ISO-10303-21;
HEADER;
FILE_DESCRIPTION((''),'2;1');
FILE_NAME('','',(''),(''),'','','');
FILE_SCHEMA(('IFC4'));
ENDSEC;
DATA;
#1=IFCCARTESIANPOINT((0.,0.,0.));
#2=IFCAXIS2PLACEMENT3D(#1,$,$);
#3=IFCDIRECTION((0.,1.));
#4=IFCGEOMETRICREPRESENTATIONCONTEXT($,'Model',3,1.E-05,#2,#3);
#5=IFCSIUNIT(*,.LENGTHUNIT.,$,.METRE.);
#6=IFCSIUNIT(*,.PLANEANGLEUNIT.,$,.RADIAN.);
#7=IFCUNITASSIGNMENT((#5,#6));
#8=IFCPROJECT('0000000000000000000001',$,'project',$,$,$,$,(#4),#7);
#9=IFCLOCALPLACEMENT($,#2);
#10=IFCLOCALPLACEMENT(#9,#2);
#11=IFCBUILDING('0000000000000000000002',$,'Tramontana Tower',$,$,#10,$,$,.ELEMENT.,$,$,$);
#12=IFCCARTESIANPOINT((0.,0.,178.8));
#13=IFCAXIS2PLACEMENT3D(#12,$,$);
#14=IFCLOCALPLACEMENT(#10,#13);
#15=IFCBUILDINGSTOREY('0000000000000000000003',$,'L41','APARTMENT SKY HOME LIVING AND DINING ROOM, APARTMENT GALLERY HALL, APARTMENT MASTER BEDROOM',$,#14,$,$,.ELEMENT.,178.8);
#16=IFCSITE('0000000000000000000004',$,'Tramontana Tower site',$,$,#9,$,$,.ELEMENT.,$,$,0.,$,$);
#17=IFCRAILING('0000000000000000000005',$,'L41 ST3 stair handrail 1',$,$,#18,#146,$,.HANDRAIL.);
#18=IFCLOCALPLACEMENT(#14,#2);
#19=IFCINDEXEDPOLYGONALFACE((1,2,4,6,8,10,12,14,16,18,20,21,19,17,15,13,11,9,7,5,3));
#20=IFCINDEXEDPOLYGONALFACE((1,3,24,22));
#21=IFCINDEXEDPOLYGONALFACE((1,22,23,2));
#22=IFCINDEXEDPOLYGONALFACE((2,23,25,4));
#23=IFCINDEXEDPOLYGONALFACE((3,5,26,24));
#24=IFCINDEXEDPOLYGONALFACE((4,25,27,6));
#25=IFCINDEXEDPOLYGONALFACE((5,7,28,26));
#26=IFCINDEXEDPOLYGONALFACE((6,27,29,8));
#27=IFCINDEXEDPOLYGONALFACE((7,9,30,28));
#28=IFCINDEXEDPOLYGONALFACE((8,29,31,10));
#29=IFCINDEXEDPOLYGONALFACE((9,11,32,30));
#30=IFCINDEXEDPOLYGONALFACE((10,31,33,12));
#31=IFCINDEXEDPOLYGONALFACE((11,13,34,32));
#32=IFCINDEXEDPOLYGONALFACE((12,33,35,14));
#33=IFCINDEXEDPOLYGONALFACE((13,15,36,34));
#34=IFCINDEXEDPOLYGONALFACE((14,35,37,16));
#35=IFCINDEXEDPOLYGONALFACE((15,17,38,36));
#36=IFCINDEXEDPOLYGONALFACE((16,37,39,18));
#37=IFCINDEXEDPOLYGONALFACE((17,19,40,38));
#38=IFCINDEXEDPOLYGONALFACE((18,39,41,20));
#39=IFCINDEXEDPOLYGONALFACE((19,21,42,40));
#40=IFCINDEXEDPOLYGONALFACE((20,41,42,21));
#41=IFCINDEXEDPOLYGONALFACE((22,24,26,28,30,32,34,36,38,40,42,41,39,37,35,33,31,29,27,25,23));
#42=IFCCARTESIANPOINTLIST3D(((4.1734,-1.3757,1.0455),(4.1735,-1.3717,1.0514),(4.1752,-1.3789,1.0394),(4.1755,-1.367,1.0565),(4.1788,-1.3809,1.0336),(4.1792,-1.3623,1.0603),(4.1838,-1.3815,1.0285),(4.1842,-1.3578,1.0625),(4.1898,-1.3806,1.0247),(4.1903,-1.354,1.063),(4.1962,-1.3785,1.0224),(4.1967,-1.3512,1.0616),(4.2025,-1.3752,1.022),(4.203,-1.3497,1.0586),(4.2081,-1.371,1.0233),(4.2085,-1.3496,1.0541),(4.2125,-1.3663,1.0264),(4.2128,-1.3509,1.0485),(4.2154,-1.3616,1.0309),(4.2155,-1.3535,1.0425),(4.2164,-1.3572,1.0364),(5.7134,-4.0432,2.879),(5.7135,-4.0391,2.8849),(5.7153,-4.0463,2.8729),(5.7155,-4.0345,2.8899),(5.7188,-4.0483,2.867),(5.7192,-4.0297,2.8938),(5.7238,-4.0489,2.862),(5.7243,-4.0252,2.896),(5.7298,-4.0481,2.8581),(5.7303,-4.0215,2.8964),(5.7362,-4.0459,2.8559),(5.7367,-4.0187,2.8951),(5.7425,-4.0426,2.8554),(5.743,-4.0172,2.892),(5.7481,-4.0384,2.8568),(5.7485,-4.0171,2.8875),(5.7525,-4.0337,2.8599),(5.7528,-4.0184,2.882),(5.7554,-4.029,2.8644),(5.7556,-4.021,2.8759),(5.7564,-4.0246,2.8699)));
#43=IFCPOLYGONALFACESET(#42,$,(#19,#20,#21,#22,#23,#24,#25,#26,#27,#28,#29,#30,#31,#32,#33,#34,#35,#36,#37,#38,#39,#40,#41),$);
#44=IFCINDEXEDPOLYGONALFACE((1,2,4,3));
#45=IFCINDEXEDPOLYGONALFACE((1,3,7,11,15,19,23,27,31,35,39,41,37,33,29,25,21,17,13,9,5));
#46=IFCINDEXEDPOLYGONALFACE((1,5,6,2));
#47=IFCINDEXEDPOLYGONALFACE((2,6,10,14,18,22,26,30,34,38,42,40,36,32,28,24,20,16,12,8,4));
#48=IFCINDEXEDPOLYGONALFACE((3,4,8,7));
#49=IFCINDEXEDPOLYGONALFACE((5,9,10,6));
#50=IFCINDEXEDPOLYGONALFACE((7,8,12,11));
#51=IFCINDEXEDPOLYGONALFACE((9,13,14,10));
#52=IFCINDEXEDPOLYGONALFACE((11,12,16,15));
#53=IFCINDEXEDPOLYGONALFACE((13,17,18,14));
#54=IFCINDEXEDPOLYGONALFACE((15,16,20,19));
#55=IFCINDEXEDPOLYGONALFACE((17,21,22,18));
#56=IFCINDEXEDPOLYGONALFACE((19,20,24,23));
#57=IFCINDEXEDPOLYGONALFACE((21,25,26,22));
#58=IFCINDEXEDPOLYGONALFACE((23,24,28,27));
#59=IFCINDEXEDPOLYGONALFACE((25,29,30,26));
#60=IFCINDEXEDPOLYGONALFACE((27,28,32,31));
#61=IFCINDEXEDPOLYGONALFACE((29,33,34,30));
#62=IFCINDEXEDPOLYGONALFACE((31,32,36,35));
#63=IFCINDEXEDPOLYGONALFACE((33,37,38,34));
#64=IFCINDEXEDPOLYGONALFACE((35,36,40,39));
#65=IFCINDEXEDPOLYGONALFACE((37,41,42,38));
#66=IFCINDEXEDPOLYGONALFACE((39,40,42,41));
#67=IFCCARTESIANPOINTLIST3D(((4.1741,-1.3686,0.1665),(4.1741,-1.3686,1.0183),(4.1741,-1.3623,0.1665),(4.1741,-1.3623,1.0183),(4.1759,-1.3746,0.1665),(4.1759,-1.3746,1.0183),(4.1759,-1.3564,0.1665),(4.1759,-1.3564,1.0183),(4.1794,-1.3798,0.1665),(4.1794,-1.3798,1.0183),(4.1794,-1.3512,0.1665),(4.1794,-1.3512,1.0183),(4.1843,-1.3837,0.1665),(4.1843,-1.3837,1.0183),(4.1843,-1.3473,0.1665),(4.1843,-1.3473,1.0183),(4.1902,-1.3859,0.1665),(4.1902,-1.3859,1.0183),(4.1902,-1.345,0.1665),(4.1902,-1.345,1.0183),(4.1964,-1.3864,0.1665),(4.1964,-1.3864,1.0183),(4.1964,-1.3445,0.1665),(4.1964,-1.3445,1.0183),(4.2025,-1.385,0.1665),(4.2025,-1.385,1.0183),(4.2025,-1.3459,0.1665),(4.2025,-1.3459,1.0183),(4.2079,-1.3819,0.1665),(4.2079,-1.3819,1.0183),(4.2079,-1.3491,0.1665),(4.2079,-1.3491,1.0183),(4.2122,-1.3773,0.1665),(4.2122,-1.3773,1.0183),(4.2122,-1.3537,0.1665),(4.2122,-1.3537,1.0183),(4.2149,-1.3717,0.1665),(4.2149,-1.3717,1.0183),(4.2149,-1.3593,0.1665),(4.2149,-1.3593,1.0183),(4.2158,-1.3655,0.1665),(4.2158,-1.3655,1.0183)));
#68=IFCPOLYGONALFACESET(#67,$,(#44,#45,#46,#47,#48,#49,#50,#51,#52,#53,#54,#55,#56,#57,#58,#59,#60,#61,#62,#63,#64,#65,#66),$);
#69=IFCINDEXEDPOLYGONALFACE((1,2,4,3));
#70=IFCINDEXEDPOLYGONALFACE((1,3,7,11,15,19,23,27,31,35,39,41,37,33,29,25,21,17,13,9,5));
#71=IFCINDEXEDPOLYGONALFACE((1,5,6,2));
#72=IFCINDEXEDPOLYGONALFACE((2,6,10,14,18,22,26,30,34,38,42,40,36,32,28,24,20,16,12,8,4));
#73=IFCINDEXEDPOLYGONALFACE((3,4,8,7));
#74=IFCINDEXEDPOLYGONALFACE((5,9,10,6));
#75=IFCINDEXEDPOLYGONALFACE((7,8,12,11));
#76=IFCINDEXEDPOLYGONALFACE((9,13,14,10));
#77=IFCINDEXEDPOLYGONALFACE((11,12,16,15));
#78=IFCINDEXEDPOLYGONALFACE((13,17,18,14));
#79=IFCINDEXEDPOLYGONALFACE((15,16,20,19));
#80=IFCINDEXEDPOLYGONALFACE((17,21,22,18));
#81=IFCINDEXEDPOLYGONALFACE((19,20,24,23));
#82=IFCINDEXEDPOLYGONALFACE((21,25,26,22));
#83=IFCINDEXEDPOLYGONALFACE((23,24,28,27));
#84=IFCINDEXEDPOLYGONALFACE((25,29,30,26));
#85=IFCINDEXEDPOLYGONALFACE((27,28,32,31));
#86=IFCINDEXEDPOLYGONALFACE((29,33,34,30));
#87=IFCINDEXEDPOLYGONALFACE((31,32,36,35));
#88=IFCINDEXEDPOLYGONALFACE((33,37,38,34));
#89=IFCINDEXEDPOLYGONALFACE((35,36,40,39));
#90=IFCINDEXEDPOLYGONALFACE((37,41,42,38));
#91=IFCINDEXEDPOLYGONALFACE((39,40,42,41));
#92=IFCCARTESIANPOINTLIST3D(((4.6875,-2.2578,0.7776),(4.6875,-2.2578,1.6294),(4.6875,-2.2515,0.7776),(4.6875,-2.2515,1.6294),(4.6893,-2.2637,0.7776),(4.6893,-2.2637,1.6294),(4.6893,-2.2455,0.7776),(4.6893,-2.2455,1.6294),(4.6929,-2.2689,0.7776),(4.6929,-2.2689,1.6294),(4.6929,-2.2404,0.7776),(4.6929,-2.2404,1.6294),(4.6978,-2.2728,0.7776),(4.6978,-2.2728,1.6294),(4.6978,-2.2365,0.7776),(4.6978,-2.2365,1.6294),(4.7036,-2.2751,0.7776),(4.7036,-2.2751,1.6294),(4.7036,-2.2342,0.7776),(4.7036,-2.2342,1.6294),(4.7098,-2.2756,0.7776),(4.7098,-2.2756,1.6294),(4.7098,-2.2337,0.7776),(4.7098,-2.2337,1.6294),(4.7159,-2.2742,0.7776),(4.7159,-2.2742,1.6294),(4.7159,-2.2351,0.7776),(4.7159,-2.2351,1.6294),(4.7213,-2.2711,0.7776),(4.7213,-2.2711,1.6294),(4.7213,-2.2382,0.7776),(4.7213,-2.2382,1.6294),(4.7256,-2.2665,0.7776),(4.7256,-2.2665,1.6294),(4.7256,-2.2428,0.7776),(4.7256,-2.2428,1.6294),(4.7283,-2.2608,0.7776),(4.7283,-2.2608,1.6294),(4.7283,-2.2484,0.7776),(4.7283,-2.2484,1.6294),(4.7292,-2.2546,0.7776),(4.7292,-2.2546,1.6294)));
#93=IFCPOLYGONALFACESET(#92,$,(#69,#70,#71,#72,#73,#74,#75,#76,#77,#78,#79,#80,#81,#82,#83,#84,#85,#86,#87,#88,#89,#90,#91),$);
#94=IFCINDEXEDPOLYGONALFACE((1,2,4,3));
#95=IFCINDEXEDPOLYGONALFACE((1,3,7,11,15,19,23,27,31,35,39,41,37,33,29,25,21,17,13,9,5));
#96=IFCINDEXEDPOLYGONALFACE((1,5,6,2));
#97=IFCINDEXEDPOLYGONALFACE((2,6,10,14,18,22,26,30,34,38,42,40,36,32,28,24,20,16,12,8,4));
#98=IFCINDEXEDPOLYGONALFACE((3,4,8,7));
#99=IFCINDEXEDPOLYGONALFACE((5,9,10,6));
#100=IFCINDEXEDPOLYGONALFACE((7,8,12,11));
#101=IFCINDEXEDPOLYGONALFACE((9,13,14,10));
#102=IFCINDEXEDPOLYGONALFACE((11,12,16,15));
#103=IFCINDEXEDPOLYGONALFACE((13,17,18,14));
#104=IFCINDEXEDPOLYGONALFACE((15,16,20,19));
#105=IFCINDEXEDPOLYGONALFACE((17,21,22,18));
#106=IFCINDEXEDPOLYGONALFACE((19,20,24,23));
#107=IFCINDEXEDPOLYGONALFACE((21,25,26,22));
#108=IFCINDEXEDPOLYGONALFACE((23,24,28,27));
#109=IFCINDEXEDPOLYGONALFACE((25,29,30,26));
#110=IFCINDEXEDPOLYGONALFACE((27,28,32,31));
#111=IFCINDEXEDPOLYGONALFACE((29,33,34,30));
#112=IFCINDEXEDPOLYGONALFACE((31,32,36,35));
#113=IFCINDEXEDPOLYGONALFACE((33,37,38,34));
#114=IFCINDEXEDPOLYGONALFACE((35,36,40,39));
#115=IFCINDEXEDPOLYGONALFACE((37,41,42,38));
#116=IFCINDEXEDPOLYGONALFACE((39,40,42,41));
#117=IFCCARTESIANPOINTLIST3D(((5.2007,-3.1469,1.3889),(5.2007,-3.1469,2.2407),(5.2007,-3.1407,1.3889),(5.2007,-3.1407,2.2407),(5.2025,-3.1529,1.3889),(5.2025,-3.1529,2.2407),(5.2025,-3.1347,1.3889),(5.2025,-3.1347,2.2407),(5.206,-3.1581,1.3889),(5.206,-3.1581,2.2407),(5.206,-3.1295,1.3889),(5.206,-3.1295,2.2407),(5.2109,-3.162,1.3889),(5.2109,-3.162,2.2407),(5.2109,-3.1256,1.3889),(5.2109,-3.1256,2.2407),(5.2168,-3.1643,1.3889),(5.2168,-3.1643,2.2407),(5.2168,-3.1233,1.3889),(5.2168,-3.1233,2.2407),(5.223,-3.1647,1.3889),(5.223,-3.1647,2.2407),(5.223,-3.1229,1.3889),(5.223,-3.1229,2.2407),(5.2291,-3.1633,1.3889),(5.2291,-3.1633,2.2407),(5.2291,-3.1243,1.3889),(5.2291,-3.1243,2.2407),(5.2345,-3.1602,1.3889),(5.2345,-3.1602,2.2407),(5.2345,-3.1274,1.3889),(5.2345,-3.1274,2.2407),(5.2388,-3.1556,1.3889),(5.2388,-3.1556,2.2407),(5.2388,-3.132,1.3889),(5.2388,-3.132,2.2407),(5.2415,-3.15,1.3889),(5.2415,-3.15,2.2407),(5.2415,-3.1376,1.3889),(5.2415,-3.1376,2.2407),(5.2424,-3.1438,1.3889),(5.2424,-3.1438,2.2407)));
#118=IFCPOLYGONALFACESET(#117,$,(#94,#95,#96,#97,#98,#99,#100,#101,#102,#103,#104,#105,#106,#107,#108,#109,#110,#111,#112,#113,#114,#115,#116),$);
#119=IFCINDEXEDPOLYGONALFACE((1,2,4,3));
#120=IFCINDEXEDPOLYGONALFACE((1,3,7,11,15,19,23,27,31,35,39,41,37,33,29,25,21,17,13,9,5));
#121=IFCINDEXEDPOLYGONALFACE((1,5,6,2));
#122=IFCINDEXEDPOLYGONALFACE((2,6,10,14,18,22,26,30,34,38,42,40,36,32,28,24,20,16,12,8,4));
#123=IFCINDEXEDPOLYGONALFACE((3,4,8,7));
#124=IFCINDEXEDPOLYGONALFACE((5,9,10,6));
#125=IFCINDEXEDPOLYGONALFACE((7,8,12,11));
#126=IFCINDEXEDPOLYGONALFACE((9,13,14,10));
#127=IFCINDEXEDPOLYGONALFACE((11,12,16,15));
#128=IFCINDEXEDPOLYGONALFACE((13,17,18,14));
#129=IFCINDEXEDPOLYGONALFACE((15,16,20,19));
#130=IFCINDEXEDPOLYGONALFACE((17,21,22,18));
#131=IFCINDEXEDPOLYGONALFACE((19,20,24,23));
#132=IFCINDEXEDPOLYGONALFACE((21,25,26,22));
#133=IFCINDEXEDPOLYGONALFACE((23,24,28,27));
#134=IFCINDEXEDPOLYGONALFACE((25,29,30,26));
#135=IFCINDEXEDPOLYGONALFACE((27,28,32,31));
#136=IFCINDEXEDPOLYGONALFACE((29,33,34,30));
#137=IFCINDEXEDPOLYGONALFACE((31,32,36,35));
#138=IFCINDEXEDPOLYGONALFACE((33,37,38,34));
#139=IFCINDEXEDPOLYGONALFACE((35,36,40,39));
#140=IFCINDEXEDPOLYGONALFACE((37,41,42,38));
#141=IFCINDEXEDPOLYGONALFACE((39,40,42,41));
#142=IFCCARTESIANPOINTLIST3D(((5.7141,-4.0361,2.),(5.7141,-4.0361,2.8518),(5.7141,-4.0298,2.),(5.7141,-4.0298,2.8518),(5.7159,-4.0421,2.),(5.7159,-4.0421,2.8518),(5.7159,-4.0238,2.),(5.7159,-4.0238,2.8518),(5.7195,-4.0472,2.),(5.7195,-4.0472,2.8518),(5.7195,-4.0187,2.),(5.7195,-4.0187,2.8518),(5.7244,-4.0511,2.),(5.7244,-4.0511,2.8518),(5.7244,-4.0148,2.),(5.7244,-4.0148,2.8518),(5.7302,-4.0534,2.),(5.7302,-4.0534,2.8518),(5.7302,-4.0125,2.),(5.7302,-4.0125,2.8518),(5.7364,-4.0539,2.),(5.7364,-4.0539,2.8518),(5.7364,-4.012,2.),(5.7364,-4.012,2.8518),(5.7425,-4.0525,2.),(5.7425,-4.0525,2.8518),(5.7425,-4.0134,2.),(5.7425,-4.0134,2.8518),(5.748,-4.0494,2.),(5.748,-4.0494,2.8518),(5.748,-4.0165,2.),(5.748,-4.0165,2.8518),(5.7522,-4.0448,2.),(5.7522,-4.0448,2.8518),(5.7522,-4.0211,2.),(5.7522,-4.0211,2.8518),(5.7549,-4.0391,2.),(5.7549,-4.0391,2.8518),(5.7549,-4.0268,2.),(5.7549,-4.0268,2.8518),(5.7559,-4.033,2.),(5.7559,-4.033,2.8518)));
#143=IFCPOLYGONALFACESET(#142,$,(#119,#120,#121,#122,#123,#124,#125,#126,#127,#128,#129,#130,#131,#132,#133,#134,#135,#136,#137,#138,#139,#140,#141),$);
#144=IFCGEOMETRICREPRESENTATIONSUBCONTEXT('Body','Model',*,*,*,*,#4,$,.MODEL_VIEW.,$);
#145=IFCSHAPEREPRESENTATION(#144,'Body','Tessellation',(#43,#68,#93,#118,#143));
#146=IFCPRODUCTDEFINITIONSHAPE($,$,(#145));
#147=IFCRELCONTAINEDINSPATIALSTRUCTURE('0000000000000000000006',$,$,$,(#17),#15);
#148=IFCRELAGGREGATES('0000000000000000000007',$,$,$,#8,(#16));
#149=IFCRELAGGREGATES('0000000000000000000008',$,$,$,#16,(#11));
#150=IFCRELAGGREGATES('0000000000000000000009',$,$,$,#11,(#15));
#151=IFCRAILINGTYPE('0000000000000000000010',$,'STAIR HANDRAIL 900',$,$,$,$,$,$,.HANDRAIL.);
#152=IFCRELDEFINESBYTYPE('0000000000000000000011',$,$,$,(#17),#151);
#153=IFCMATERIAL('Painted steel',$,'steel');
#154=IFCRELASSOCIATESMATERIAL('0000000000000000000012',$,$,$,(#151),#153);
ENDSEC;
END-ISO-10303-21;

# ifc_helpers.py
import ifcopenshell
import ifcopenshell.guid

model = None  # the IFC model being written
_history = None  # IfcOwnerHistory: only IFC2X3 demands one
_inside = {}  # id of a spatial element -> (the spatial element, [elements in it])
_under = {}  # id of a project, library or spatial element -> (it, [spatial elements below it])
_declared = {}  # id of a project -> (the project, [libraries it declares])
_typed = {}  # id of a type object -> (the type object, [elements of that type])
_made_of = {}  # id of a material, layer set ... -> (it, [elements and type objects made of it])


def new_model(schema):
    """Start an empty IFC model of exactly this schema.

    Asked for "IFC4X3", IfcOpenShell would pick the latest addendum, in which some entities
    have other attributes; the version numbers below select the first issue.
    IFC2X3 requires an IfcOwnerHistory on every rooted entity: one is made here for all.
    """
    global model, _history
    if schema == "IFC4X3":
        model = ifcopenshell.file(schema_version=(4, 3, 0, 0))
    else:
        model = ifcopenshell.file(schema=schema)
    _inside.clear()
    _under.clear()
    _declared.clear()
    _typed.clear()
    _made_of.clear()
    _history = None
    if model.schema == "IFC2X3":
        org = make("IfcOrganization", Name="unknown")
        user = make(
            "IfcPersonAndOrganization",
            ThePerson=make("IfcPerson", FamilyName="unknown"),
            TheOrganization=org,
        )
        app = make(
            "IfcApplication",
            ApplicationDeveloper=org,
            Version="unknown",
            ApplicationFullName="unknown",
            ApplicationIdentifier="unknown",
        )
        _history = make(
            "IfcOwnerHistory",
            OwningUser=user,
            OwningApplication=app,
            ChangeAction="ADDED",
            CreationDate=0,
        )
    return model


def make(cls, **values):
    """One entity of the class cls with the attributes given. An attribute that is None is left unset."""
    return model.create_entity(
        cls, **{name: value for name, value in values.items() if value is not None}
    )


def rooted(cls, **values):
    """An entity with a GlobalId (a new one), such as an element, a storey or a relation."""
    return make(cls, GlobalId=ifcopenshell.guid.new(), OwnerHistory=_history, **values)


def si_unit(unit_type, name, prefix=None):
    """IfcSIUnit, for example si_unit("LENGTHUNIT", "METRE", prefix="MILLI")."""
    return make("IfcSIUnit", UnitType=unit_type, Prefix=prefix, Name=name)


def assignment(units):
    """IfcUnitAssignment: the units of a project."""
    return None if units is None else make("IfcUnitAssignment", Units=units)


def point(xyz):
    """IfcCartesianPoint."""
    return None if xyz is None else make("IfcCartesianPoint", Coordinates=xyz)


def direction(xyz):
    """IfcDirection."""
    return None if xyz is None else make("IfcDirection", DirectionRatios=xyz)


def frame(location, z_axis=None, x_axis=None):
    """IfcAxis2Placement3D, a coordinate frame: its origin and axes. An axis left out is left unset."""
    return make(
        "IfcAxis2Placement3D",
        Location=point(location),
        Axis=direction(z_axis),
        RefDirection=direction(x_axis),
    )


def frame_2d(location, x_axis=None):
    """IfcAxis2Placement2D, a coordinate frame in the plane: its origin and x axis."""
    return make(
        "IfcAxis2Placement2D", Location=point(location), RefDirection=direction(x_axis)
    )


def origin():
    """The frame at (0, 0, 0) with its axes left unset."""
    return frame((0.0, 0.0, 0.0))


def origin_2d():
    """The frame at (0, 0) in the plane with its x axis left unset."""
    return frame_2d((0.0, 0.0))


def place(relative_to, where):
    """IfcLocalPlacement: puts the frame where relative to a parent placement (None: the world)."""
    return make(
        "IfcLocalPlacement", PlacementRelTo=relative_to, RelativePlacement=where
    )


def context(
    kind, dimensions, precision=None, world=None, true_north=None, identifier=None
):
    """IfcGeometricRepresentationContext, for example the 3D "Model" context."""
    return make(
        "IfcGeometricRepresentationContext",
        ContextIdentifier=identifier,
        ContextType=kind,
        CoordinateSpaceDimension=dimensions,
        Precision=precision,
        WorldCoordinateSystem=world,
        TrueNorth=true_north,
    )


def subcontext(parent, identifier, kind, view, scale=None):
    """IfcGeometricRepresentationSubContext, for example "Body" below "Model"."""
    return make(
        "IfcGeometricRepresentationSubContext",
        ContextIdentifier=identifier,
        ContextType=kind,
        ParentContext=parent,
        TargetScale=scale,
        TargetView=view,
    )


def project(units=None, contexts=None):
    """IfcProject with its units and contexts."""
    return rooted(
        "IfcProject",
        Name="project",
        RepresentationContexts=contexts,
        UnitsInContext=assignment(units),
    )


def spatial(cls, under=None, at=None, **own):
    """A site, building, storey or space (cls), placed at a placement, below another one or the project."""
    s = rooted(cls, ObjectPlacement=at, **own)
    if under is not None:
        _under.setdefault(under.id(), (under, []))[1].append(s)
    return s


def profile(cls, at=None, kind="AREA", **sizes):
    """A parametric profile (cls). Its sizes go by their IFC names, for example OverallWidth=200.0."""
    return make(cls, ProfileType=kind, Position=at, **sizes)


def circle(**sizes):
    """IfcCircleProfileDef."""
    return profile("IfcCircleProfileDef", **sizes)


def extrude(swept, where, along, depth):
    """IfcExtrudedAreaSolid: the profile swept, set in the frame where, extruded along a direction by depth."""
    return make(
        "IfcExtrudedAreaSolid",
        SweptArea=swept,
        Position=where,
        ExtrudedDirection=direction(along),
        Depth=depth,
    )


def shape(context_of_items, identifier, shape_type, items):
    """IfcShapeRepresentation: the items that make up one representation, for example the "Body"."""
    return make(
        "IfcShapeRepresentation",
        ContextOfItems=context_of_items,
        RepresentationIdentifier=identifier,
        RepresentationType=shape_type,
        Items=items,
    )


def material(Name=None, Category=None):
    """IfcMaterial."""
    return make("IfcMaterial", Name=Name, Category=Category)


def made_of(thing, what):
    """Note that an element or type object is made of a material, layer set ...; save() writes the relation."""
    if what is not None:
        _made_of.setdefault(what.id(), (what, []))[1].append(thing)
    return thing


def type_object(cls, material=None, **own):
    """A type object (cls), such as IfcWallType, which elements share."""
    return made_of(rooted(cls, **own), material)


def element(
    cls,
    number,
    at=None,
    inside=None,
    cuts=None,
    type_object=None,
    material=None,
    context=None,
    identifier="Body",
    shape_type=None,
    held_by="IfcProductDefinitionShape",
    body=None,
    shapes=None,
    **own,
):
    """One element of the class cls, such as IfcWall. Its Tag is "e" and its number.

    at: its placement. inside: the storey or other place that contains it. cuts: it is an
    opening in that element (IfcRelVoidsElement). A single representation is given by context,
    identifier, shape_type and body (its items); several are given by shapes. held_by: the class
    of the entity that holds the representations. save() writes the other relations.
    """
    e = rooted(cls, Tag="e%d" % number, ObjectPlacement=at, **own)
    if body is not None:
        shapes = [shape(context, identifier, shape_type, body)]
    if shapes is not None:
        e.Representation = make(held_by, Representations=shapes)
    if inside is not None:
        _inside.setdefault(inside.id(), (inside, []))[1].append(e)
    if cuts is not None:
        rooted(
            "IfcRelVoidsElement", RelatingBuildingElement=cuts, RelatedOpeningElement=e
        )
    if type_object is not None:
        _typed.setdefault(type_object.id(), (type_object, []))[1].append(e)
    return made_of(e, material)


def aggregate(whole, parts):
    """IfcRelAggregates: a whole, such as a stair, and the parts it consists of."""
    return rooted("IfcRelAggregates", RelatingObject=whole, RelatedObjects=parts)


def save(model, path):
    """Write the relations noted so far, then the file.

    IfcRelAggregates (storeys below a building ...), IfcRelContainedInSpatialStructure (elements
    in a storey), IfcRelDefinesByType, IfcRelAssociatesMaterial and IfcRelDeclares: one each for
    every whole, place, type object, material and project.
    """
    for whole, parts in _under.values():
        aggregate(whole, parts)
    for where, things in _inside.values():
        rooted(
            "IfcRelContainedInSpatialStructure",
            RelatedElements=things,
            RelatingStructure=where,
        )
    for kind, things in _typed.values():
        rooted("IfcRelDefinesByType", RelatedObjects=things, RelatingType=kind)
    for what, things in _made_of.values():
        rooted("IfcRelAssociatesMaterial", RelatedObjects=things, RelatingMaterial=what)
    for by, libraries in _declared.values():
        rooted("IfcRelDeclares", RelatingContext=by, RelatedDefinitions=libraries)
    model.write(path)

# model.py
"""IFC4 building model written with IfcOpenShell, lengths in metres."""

from ifc_helpers import new_model, si_unit, direction, frame, origin, origin_2d, place, context, subcontext, project, spatial, circle, extrude, material, type_object, element, save


model = new_model("IFC4")

# Units and contexts
model_context = context("Model", 3, precision=1e-05, world=origin(), true_north=direction((0.0, 1.0)))
body_context = subcontext(model_context, "Body", "Model", "MODEL_VIEW")
ifc_project = project(units=[si_unit("LENGTHUNIT", "METRE"), si_unit("PLANEANGLEUNIT", "RADIAN")], contexts=[model_context])

# Site, building, storey
site_placement = place(None, origin())
site = spatial("IfcSite", under=ifc_project, at=site_placement, Name="Tramontana Tower site", CompositionType="ELEMENT", RefElevation=0.0)
building_placement = place(site_placement, origin())
building = spatial("IfcBuilding", under=site, at=building_placement, Name="Tramontana Tower", CompositionType="ELEMENT")
storey_placement = place(building_placement, frame((0.0, 0.0, 178.8)))
storey = spatial("IfcBuildingStorey", under=building, at=storey_placement, Name="L41", Description="APARTMENT SKY HOME LIVING AND DINING ROOM, APARTMENT GALLERY HALL, APARTMENT MASTER BEDROOM", CompositionType="ELEMENT", Elevation=178.8)

# Railing
ifc_material_1 = material(Name="Painted steel", Category="steel")
railing_type_1 = type_object("IfcRailingType", Name="STAIR HANDRAIL 900", PredefinedType="HANDRAIL", material=ifc_material_1)
railing_1_placement = place(storey_placement, frame((4.1948, -1.3655, 0.1665)))
element("IfcRailing", 1, at=railing_1_placement, inside=storey, type_object=railing_type_1, Name="L41 ST3 stair handrail 1", PredefinedType="HANDRAIL", context=body_context, shape_type="SweptSolid", body=[
    extrude(circle(Radius=0.0239, at=origin_2d()), frame((0.0, 0.0, 0.876), z_axis=(0.429634, -0.744164, 0.511502), x_axis=(0.86603, 0.499992, 0.0)), (0.0, 0.0, 1.0), 3.5845),
    extrude(circle(Radius=0.021, at=origin_2d()), origin(), (0.0, 0.0, 1.0), 0.8518),
    extrude(circle(Radius=0.021, at=origin_2d()), frame((0.5134, -0.8892, 0.6111)), (0.0, 0.0, 1.0), 0.8518),
    extrude(circle(Radius=0.021, at=origin_2d()), frame((1.0266, -1.7783, 1.2224)), (0.0, 0.0, 1.0), 0.8518),
    extrude(circle(Radius=0.021, at=origin_2d()), frame((1.54, -2.6675, 1.8335)), (0.0, 0.0, 1.0), 0.8518),
])

save(model, "model.ifc")
